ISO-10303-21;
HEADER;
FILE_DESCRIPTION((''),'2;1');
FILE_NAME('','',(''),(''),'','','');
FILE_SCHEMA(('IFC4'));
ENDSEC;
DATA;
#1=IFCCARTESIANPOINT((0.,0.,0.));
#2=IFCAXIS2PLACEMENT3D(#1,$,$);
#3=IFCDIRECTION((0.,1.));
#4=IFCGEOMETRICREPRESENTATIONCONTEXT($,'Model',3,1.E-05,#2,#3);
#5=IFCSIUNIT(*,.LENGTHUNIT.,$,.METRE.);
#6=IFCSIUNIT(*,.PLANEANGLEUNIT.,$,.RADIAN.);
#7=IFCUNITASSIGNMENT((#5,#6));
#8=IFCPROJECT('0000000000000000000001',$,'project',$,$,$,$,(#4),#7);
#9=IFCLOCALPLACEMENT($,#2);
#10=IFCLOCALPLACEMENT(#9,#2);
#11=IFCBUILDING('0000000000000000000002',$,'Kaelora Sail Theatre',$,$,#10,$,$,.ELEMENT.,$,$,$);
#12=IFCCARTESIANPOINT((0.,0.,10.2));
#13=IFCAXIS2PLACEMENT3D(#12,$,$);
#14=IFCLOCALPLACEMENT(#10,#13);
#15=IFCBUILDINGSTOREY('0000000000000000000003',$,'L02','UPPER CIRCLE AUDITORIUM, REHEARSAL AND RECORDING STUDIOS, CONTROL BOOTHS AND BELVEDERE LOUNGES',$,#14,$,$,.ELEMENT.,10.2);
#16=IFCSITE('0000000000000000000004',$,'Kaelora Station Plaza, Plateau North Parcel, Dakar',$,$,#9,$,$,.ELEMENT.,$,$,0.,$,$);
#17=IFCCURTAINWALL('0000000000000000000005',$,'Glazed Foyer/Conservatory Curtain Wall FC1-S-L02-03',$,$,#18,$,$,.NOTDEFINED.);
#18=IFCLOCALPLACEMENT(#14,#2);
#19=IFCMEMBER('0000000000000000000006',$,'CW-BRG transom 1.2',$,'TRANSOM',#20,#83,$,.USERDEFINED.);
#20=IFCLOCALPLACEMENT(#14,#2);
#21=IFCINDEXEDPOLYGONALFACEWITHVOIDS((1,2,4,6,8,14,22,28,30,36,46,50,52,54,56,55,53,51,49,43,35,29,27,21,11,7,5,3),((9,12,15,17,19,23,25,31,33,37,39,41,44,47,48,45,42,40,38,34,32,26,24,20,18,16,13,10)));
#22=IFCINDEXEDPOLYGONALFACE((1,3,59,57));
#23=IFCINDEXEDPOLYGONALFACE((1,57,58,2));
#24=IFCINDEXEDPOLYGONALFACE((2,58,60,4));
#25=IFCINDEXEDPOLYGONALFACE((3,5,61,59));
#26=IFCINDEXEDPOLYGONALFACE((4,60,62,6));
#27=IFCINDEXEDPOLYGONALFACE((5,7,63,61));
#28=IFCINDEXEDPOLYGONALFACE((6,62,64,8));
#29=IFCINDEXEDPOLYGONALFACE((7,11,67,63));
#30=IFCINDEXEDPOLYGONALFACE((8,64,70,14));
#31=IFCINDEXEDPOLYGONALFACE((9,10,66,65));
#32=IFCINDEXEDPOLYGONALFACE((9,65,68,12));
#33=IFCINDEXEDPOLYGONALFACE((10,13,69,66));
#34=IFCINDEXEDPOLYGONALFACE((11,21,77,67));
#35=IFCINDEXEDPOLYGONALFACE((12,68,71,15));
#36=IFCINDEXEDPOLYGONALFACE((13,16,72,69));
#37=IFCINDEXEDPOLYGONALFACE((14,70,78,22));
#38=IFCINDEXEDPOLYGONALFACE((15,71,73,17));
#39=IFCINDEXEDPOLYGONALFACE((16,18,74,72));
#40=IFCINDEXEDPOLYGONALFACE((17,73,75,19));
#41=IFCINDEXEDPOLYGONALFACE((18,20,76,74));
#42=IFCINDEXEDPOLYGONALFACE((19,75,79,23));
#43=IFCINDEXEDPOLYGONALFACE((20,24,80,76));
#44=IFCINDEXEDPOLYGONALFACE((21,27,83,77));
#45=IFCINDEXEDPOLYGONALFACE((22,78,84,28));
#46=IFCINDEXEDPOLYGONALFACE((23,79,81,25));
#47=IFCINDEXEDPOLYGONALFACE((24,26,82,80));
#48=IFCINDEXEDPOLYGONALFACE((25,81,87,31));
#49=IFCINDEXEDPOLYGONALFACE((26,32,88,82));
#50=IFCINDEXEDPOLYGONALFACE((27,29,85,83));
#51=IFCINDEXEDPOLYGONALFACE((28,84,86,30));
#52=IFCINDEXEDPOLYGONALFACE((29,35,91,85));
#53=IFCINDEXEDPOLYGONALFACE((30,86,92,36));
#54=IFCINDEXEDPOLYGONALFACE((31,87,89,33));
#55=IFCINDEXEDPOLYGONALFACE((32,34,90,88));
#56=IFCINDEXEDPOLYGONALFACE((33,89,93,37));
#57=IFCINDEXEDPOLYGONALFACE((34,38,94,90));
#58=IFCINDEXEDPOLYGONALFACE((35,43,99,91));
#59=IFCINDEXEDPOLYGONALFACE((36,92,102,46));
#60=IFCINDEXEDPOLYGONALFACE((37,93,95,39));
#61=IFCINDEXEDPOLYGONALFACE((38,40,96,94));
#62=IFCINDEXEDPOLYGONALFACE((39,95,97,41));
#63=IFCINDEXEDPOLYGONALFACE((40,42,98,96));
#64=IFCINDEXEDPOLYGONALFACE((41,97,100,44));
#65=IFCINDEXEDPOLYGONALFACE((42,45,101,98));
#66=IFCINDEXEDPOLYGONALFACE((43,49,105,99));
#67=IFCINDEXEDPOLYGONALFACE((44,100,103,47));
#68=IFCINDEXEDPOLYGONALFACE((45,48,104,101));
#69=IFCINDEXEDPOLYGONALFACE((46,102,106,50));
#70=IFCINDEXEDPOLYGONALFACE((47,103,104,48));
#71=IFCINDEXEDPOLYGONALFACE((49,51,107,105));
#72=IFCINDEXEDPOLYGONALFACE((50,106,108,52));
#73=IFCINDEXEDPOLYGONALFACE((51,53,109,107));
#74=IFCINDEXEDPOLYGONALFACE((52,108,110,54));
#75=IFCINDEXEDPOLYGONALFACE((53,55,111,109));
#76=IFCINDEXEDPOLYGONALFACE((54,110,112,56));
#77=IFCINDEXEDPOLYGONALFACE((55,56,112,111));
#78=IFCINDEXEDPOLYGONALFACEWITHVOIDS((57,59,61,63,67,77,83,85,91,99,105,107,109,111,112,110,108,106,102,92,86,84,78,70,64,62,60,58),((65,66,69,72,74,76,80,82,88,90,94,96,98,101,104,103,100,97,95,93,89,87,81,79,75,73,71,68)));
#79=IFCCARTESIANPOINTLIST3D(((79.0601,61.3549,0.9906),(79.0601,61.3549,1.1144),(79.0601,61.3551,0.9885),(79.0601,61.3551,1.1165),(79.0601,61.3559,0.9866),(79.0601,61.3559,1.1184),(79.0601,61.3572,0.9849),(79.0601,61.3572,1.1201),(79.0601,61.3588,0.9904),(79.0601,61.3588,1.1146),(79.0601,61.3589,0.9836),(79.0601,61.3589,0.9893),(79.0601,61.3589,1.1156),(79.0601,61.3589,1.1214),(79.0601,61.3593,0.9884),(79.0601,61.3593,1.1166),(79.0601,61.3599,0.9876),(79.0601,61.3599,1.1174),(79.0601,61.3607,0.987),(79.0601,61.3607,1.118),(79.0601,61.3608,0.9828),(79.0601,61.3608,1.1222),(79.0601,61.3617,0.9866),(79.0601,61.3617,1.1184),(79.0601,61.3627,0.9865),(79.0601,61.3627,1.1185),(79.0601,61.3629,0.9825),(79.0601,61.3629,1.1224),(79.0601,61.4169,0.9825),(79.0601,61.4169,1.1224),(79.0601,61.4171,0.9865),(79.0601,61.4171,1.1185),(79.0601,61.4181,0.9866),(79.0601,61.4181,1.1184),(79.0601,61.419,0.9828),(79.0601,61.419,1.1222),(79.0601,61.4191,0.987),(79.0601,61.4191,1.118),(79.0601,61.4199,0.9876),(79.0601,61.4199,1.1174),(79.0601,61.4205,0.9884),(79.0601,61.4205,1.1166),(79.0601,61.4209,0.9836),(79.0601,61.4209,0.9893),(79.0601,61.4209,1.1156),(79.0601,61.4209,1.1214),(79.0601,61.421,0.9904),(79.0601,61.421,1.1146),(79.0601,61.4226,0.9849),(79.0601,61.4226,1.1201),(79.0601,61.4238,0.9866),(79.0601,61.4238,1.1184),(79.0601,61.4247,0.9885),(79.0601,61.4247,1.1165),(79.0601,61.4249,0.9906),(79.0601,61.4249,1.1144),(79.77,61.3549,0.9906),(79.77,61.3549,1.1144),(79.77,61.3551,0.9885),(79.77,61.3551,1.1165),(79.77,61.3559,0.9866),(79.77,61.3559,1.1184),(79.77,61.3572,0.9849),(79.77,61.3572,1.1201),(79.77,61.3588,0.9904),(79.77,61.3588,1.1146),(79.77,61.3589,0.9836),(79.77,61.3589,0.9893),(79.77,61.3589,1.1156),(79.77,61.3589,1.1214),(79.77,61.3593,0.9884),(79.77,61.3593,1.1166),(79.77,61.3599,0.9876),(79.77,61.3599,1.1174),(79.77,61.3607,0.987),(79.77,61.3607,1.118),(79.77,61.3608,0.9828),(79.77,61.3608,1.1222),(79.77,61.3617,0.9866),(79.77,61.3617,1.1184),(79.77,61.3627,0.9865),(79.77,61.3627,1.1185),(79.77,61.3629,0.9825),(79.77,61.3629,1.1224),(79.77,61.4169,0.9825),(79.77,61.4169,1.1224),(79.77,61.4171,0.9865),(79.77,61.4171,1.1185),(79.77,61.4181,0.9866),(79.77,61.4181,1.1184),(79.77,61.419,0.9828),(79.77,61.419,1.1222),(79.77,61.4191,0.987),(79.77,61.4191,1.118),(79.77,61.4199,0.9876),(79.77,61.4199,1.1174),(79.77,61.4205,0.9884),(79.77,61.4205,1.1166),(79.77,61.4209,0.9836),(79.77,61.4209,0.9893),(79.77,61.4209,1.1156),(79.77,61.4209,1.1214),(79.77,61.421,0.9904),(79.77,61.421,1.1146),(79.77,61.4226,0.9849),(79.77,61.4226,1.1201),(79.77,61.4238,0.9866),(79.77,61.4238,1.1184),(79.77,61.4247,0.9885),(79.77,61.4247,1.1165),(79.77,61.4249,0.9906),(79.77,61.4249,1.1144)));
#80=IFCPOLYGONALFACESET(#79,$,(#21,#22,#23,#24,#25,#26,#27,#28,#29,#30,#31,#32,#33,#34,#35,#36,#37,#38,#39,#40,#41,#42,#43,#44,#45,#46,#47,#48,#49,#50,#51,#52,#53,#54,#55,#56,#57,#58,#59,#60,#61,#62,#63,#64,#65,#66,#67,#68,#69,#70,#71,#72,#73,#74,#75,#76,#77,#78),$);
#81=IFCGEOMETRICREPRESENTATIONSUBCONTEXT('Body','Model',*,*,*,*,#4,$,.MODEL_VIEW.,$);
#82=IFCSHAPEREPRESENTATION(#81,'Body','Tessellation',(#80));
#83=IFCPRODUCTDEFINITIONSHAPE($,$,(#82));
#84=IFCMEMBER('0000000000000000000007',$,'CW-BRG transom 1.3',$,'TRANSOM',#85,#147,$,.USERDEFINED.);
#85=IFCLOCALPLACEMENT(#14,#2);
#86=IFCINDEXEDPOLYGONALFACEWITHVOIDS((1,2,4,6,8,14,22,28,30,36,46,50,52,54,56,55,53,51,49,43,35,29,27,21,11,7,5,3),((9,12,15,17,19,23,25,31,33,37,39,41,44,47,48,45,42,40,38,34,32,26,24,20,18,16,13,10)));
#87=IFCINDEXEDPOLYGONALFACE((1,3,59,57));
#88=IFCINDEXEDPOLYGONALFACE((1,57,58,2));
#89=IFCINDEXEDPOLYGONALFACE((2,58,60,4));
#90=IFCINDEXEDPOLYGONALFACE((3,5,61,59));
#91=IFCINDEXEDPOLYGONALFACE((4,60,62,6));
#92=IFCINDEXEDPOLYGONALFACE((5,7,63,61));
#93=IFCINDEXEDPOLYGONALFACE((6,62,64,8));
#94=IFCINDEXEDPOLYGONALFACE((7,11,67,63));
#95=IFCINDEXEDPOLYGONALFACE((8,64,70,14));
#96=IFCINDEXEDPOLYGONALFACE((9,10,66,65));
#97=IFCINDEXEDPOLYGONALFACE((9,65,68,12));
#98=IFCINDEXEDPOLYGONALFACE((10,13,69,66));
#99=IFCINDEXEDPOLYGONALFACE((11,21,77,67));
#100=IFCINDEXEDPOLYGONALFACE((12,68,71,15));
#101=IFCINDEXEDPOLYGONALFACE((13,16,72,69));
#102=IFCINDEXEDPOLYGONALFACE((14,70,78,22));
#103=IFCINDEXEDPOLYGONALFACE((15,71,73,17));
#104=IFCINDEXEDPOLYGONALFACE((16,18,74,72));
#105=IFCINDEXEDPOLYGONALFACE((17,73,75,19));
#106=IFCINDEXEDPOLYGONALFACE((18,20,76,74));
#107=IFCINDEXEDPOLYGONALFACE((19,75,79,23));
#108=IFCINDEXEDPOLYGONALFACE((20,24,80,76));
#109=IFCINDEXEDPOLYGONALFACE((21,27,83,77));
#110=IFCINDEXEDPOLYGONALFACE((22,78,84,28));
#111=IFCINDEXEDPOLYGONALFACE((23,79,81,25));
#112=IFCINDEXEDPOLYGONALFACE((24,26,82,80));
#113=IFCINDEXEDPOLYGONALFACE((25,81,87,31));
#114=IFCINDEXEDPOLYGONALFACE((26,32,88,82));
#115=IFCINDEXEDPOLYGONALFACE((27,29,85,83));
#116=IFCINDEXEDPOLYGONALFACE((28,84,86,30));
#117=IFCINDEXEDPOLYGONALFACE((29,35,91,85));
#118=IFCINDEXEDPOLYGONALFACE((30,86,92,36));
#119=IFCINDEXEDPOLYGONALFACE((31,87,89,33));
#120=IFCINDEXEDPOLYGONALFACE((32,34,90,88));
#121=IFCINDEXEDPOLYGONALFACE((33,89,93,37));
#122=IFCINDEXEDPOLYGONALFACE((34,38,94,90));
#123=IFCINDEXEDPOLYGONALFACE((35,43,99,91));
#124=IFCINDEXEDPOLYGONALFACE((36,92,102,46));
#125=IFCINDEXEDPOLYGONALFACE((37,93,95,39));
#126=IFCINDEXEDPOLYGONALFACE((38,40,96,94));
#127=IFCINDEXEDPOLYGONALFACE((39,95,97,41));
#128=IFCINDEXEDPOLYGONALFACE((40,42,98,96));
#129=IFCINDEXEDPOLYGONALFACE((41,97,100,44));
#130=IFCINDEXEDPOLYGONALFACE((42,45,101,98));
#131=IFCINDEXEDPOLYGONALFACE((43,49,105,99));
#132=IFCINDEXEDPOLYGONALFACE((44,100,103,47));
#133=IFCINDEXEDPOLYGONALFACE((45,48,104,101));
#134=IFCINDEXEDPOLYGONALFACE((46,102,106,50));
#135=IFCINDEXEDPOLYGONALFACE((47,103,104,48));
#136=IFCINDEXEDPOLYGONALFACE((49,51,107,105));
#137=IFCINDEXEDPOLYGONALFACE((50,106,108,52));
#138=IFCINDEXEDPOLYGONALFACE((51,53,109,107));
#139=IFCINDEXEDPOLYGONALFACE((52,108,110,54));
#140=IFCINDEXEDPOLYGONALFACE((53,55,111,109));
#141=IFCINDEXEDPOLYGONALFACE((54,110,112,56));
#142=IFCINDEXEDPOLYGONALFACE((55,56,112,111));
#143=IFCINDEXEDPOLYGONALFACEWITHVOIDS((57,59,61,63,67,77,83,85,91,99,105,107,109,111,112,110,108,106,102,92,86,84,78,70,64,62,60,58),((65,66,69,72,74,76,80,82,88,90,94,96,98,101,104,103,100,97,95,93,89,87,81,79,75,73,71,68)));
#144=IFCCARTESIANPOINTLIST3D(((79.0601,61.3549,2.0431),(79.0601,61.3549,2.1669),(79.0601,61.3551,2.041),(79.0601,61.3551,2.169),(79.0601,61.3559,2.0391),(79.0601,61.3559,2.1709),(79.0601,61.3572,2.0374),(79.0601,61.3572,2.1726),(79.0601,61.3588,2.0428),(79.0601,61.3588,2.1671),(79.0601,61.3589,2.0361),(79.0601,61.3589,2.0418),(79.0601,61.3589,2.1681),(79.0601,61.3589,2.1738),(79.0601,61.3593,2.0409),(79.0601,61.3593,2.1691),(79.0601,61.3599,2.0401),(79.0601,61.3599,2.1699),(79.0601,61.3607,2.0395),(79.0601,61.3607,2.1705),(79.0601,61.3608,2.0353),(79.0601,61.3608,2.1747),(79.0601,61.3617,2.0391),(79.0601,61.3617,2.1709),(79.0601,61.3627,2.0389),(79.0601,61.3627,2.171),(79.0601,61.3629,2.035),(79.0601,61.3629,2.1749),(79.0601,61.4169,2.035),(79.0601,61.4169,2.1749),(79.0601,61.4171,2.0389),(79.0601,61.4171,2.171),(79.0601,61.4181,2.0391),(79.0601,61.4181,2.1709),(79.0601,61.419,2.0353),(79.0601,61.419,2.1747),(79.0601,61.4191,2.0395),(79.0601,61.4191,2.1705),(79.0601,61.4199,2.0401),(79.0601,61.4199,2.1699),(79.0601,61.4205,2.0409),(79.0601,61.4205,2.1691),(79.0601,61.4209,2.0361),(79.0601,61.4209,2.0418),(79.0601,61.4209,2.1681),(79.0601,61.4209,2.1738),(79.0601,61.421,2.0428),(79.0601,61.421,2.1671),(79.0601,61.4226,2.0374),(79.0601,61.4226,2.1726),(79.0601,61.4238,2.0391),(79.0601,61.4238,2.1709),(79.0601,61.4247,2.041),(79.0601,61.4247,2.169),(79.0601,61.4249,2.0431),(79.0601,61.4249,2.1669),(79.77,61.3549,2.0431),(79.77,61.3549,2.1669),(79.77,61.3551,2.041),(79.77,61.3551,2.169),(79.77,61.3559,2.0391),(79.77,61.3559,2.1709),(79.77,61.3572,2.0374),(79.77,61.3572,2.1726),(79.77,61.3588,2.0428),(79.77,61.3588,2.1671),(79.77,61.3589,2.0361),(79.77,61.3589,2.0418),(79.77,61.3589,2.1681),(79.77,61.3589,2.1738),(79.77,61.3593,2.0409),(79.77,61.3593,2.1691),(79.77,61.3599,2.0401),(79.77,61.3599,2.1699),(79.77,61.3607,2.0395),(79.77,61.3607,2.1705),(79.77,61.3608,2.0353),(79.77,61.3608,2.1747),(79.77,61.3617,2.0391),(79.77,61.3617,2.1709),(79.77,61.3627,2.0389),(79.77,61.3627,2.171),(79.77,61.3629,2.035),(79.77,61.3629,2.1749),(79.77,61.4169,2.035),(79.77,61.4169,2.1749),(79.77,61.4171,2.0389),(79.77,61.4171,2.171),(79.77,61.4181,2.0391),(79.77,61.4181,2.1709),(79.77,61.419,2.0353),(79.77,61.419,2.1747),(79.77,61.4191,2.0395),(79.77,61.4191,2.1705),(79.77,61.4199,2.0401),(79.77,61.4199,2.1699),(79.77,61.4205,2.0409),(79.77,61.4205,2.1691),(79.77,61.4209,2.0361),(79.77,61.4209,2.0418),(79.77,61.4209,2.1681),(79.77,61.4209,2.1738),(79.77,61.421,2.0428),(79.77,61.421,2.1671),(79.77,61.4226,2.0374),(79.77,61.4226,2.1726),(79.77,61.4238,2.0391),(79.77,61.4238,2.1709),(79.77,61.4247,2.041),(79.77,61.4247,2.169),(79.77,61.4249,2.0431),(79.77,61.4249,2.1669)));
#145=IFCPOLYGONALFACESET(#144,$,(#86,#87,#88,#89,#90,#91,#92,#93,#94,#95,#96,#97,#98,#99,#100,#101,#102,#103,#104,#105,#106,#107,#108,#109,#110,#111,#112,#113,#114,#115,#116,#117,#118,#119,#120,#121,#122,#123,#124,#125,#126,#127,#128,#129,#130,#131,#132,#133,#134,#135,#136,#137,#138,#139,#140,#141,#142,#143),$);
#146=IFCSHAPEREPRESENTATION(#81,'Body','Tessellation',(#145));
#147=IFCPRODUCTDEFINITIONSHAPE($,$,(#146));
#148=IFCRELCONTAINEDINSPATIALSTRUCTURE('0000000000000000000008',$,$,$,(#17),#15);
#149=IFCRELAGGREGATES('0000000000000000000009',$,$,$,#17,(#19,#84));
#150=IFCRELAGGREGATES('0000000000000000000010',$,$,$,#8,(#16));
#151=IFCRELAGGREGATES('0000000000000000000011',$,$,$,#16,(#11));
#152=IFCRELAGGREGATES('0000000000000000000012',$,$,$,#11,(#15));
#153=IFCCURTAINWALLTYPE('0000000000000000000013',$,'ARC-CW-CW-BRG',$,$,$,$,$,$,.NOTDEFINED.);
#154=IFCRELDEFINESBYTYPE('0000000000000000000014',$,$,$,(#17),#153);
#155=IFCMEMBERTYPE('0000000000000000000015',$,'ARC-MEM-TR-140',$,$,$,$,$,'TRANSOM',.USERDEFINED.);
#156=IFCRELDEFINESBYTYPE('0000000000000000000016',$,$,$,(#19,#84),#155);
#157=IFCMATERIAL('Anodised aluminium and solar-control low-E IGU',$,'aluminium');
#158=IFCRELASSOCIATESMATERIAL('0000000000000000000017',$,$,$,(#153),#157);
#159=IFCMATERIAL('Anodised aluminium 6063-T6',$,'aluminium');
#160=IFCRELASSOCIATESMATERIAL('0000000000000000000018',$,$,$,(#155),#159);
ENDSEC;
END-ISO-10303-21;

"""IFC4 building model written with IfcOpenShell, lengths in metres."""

from ifc_helpers import new_model, si_unit, direction, frame, origin, origin_2d, place, context, subcontext, project, spatial, hollow_rectangle, extrude, material, material_profile, profile_set, type_object, element, aggregate, save


model = new_model("IFC4")

# Units and contexts
model_context = context("Model", 3, precision=1e-05, world=origin(), true_north=direction((0.0, 1.0)))
body_context = subcontext(model_context, "Body", "Model", "MODEL_VIEW")
ifc_project = project(units=[si_unit("LENGTHUNIT", "METRE"), si_unit("PLANEANGLEUNIT", "RADIAN")], contexts=[model_context])

# Site, building, storey
site_placement = place(None, origin())
site = spatial("IfcSite", under=ifc_project, at=site_placement, Name="Kaelora Station Plaza, Plateau North Parcel, Dakar", CompositionType="ELEMENT", RefElevation=0.0)
building_placement = place(site_placement, origin())
building = spatial("IfcBuilding", under=site, at=building_placement, Name="Kaelora Sail Theatre", CompositionType="ELEMENT")
storey_placement = place(building_placement, frame((0.0, 0.0, 10.2)))
storey = spatial("IfcBuildingStorey", under=building, at=storey_placement, Name="L02", Description="UPPER CIRCLE AUDITORIUM, REHEARSAL AND RECORDING STUDIOS, CONTROL BOOTHS AND BELVEDERE LOUNGES", CompositionType="ELEMENT", Elevation=10.2)

# Curtain wall
ifc_material_1 = material(Name="Anodised aluminium and solar-control low-E IGU", Category="aluminium")
curtain_wall_type = type_object("IfcCurtainWallType", Name="ARC-CW-CW-BRG", PredefinedType="NOTDEFINED", material=ifc_material_1)
curtain_wall_1_placement = place(storey_placement, origin())
curtain_wall_1 = element("IfcCurtainWall", 1, at=curtain_wall_1_placement, inside=storey, type_object=curtain_wall_type, Name="Glazed Foyer/Conservatory Curtain Wall FC1-S-L02-03", PredefinedType="NOTDEFINED")

# Members
ifc_material_2 = material(Name="Anodised aluminium 6063-T6", Category="aluminium")
ifc_material_profile_1 = material_profile(ifc_material_2, hollow_rectangle(XDim=0.0701, YDim=0.1399, WallThickness=0.0039, InnerFilletRadius=0.0039, OuterFilletRadius=0.0081, at=origin_2d()), Name="ALU-TRAN 70x140x4")
ifc_profile_set_1 = profile_set([ifc_material_profile_1], Name="Anodised aluminium 6063-T6")
member_type_1 = type_object("IfcMemberType", Name="ARC-MEM-TR-140", ElementType="TRANSOM", PredefinedType="USERDEFINED", material=ifc_profile_set_1)
member_1_placement = place(storey_placement, frame((79.0601, 61.3899, 1.0525), z_axis=(1.0, 0.0, 0.0), x_axis=(0.0, 1.0, 0.0)))
member_1 = element("IfcMember", 2, at=member_1_placement, type_object=member_type_1, Name="CW-BRG transom 1.2", ObjectType="TRANSOM", PredefinedType="USERDEFINED", context=body_context, shape_type="SweptSolid", body=[
    extrude(hollow_rectangle(XDim=0.0701, YDim=0.1399, WallThickness=0.0039, InnerFilletRadius=0.0039, OuterFilletRadius=0.0081, at=origin_2d()), origin(), (0.0, 0.0, 1.0), 0.71),
])
member_2_placement = place(storey_placement, frame((79.0601, 61.3899, 2.105), z_axis=(1.0, 0.0, 0.0), x_axis=(0.0, 1.0, 0.0)))
member_2 = element("IfcMember", 3, at=member_2_placement, type_object=member_type_1, Name="CW-BRG transom 1.3", ObjectType="TRANSOM", PredefinedType="USERDEFINED", context=body_context, shape_type="SweptSolid", body=[
    extrude(hollow_rectangle(XDim=0.0701, YDim=0.1399, WallThickness=0.0039, InnerFilletRadius=0.0039, OuterFilletRadius=0.0081, at=origin_2d()), origin(), (0.0, 0.0, 1.0), 0.71),
])

aggregate(curtain_wall_1, [member_1, member_2])

save(model, "model.ifc")
